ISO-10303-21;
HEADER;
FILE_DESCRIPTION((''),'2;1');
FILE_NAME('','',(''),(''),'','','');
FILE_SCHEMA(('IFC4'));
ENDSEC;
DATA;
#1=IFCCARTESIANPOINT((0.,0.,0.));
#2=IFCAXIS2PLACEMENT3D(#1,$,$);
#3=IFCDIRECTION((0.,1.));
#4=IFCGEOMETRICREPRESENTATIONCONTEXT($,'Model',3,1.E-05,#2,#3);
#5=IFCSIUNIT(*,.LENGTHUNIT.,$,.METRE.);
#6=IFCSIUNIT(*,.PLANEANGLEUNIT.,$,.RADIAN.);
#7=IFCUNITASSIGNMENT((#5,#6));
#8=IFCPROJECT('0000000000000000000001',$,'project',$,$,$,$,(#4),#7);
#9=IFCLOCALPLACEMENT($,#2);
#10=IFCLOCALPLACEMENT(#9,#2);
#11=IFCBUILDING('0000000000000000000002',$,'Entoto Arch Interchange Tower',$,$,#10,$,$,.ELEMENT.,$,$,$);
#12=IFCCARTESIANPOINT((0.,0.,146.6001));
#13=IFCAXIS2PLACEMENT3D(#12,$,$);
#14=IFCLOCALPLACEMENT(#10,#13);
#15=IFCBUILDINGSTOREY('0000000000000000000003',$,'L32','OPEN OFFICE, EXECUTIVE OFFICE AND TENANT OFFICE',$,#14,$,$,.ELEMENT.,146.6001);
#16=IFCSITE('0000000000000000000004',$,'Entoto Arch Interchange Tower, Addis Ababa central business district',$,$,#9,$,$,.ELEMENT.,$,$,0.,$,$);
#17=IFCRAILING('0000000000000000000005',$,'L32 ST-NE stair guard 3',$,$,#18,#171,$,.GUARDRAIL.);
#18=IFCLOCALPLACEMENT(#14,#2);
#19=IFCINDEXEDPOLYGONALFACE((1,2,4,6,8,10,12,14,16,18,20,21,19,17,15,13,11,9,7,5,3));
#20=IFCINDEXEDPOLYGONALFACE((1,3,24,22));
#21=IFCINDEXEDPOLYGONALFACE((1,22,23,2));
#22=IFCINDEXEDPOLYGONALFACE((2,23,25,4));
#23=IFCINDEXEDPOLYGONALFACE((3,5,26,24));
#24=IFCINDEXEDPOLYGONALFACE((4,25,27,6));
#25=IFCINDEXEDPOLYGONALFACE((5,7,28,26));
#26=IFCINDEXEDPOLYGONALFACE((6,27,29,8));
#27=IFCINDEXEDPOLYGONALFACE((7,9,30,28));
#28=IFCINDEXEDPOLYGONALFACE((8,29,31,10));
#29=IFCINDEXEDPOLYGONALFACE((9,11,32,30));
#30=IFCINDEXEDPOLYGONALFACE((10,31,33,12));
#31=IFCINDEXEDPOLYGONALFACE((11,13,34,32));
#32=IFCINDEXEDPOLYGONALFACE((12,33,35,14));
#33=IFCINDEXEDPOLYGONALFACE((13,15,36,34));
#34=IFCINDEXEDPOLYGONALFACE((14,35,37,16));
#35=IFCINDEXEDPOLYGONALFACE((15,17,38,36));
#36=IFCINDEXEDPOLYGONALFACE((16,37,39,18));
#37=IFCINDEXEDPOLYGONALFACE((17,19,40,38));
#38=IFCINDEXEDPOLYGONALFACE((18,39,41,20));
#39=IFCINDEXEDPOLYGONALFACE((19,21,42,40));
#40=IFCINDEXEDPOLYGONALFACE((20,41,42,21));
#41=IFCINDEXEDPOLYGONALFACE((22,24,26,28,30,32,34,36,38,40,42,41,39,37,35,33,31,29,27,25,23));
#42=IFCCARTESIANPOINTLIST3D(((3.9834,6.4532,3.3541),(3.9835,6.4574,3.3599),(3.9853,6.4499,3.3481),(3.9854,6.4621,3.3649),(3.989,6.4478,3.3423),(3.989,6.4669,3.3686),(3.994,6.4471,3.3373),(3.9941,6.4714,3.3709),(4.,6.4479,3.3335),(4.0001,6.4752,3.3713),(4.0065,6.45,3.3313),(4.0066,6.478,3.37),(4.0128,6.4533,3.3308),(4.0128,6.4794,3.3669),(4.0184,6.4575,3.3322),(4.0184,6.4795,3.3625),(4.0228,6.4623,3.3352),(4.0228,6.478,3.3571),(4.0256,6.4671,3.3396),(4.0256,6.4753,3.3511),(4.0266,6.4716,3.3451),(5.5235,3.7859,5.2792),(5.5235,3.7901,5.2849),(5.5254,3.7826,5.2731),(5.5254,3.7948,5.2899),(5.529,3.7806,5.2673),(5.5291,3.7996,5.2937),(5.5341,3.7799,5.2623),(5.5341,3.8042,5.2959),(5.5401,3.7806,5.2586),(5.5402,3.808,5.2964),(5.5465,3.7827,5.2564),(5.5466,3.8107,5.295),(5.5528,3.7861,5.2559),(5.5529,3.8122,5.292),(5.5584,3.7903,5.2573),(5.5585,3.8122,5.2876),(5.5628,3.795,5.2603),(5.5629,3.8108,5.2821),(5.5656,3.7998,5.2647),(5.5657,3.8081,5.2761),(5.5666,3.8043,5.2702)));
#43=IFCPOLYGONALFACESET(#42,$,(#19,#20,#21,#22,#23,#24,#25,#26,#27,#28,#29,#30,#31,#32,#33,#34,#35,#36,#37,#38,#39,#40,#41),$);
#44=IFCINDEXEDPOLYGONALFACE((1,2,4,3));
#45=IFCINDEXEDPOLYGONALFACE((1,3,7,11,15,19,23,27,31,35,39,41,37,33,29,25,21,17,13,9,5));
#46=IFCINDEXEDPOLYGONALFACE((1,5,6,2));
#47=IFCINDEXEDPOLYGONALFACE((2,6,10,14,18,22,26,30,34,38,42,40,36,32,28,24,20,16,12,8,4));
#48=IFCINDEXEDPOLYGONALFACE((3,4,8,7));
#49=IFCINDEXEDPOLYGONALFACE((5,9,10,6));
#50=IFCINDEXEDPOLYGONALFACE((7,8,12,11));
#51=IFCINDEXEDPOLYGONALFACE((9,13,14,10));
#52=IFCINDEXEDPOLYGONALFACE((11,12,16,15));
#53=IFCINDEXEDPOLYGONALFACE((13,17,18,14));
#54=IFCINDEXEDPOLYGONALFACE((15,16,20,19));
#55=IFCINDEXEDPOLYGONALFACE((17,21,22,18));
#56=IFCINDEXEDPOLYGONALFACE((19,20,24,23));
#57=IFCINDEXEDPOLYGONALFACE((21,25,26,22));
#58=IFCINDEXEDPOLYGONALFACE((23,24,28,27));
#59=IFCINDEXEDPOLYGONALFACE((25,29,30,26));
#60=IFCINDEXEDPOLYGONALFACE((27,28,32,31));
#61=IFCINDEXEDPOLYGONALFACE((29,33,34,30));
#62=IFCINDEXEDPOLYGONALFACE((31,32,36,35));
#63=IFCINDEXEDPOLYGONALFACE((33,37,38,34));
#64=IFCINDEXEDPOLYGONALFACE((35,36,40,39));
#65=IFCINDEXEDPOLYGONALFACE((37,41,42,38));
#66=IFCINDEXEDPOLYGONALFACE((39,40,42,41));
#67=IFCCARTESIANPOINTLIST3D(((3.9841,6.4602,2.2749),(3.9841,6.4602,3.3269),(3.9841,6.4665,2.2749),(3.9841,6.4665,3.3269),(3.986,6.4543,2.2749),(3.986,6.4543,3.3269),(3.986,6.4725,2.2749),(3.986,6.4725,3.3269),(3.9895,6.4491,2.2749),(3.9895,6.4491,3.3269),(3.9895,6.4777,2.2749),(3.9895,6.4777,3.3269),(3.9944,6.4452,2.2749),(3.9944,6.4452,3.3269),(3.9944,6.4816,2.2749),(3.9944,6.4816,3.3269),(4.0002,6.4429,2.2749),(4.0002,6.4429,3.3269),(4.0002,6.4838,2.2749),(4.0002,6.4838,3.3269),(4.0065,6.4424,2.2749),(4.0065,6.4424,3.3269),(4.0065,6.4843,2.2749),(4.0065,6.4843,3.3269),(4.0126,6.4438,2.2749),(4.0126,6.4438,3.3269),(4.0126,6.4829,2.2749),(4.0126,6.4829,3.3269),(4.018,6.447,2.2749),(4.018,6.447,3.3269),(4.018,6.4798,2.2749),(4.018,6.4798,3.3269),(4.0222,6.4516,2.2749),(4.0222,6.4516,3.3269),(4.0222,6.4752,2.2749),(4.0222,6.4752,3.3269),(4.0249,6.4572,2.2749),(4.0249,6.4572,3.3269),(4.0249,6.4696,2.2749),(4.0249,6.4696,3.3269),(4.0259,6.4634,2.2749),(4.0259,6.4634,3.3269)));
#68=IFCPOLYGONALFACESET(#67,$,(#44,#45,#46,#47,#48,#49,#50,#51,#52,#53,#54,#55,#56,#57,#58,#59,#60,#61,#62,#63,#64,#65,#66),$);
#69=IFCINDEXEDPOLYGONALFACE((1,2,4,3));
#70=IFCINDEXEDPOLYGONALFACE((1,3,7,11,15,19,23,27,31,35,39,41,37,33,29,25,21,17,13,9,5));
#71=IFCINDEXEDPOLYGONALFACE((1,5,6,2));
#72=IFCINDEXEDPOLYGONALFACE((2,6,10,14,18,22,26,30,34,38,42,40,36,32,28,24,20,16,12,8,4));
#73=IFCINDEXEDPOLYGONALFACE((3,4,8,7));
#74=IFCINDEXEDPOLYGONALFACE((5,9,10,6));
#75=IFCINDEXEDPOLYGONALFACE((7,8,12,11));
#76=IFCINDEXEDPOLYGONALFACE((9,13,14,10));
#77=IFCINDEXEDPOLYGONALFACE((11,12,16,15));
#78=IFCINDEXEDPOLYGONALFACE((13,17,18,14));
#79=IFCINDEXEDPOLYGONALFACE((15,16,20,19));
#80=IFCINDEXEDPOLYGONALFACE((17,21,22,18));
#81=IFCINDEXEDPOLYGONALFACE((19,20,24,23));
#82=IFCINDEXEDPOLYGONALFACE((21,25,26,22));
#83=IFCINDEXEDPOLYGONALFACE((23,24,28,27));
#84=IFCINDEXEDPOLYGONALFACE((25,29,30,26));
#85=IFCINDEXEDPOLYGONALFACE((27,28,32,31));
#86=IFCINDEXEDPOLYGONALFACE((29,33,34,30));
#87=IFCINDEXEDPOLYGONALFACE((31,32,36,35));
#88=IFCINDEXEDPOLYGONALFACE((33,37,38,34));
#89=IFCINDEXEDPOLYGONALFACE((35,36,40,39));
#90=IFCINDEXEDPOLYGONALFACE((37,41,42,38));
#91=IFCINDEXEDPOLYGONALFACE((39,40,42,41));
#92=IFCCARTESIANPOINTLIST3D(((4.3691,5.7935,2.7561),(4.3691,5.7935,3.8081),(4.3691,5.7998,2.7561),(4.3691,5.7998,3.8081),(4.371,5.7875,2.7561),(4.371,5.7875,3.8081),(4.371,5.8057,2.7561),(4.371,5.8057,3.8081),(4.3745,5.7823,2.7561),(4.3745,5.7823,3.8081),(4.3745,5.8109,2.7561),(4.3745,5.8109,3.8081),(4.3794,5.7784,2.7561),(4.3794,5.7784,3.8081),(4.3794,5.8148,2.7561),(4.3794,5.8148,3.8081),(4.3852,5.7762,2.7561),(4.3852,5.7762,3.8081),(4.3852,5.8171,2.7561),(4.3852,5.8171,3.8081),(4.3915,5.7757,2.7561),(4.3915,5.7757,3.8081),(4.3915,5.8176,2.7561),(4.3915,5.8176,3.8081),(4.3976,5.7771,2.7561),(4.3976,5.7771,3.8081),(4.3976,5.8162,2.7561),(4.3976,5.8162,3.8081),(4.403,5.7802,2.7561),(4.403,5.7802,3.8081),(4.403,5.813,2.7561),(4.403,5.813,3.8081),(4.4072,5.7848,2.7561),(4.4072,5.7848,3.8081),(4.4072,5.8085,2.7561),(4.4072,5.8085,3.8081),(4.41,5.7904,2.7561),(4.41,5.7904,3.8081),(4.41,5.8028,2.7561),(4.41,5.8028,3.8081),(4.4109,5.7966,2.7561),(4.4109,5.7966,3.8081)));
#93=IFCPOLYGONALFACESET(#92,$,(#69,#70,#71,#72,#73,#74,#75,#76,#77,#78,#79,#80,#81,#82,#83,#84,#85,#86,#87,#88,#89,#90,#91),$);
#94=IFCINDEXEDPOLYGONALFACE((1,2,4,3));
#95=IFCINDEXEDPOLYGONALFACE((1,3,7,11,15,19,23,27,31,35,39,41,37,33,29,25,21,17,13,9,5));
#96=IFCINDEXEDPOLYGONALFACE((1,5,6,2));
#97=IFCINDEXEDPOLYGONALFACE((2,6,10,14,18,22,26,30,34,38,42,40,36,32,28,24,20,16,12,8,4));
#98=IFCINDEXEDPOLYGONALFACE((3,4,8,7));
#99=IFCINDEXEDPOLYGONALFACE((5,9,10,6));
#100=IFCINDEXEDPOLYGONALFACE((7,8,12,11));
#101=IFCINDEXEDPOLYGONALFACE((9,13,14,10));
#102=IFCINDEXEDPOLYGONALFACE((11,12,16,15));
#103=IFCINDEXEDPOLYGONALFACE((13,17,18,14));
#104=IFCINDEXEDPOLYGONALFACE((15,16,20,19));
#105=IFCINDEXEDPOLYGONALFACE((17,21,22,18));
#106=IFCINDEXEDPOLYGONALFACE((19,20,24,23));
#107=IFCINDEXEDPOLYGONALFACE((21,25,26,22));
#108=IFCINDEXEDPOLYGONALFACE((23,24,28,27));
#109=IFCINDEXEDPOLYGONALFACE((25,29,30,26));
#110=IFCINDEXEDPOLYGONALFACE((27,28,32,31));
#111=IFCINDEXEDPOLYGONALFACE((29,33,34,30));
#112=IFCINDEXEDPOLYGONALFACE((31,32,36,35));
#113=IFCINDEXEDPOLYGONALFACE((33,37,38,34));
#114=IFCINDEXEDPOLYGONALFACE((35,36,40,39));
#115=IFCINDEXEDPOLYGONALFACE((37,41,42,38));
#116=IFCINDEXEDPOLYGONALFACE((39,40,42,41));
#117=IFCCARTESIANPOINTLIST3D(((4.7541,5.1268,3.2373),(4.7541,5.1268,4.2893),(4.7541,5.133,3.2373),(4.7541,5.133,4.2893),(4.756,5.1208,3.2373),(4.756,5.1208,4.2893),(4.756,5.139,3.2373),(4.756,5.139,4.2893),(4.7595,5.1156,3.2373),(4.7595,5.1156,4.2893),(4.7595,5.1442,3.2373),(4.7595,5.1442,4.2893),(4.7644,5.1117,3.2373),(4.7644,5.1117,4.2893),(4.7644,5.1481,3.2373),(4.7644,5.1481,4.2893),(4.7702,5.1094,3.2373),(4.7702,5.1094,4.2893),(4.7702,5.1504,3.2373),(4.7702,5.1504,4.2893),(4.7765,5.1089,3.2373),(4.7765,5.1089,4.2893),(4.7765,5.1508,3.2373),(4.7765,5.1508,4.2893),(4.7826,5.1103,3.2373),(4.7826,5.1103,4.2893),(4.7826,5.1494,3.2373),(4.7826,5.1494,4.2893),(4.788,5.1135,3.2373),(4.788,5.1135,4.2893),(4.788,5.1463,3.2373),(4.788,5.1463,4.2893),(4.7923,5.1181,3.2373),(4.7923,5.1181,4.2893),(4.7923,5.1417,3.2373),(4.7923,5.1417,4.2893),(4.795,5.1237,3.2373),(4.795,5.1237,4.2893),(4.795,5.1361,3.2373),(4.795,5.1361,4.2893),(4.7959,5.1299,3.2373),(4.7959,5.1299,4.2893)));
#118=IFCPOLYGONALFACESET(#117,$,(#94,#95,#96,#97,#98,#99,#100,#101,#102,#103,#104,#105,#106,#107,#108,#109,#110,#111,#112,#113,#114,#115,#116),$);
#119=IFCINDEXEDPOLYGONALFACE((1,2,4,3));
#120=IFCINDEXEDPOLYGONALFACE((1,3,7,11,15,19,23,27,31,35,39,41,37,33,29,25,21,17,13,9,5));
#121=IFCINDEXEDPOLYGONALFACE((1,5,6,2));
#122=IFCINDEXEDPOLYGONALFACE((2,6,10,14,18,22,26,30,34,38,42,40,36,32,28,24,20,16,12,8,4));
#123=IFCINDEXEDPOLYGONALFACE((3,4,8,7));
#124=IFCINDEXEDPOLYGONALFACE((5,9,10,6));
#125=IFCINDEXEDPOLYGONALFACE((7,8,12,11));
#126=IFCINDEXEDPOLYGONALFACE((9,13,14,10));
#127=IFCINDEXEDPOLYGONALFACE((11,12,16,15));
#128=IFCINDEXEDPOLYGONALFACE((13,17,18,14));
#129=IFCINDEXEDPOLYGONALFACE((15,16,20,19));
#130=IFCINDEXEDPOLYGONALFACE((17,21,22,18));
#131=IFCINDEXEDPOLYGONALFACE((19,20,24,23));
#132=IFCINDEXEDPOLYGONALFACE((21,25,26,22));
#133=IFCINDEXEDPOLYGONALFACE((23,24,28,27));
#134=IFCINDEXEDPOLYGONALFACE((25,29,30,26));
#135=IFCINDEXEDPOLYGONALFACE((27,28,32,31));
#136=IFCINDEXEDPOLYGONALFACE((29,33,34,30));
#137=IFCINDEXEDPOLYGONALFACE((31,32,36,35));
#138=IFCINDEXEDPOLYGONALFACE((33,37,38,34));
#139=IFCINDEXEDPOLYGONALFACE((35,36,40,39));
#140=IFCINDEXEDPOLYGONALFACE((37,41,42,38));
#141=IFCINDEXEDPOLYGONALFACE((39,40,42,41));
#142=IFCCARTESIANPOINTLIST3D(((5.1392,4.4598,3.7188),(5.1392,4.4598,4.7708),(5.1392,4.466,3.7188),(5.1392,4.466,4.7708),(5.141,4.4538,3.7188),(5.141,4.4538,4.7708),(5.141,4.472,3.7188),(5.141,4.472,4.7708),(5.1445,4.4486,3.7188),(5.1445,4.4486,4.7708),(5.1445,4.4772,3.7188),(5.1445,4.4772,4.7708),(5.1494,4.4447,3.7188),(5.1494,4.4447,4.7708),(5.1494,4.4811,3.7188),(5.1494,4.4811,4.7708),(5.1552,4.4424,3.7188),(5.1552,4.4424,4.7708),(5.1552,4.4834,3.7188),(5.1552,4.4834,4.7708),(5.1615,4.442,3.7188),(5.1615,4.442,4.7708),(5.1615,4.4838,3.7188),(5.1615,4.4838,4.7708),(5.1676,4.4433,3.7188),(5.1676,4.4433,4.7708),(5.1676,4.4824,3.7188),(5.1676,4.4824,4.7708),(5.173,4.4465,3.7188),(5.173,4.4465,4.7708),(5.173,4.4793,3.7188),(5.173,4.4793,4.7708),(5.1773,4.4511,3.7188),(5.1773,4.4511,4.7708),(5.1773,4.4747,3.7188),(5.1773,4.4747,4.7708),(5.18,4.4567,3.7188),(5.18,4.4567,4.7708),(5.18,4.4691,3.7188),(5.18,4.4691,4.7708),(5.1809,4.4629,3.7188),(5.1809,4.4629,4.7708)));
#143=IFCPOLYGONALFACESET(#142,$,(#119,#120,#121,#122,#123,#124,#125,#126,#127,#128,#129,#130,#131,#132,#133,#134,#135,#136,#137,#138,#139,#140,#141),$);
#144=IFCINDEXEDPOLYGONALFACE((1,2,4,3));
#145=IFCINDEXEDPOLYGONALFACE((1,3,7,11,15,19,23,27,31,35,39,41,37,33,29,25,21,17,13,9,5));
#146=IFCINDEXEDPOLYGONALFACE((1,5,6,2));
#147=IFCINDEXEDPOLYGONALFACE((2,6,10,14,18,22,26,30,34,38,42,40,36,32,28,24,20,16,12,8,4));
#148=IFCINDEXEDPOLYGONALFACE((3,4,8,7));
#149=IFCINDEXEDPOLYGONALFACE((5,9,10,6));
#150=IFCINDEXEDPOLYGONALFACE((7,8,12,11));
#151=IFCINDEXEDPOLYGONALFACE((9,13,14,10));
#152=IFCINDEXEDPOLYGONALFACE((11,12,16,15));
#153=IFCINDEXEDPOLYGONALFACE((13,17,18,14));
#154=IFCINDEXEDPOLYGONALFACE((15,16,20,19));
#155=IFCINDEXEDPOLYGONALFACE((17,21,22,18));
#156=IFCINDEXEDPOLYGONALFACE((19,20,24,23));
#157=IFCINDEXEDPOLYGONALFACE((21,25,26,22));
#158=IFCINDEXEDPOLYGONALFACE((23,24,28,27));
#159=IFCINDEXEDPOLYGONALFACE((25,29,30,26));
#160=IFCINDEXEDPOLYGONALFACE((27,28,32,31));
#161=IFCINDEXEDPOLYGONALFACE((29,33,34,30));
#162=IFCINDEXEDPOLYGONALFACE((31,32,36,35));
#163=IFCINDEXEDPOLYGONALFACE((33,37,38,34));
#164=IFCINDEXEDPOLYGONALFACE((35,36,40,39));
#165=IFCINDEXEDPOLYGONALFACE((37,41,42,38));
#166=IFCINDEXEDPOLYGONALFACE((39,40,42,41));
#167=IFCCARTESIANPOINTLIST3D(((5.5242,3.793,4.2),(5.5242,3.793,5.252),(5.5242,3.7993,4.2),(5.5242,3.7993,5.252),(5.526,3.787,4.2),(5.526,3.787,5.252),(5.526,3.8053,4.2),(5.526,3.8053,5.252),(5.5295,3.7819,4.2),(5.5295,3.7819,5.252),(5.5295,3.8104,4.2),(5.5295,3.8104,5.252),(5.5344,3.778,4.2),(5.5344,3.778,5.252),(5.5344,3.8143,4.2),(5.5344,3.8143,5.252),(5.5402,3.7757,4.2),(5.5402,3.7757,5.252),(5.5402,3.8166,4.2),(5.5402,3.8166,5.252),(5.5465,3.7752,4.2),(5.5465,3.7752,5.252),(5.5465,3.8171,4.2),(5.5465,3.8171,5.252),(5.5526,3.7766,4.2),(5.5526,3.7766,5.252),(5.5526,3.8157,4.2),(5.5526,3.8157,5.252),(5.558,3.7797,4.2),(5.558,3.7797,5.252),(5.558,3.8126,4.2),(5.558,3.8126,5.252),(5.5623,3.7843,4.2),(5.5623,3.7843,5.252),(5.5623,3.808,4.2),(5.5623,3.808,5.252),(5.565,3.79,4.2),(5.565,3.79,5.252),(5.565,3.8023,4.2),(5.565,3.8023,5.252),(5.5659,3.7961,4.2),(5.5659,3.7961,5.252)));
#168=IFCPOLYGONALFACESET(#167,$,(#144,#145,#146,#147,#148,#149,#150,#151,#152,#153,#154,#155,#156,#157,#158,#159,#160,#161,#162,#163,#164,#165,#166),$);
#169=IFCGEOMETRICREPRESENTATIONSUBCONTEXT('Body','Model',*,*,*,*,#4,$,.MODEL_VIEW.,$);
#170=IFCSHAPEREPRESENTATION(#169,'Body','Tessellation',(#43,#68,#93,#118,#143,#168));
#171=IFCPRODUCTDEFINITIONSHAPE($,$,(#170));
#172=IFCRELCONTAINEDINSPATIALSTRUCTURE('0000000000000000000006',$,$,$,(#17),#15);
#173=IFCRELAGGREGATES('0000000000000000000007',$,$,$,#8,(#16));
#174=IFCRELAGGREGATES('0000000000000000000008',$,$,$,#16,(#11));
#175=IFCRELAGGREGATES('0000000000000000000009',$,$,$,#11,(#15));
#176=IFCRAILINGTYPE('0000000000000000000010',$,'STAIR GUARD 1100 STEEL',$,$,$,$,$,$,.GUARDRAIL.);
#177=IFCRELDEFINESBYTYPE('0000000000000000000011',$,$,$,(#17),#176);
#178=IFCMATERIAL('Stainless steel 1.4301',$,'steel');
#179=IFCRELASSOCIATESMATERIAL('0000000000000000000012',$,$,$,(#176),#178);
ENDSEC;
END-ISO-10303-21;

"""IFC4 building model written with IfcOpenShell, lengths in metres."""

from ifc_helpers import new_model, si_unit, direction, frame, origin, origin_2d, place, context, subcontext, project, spatial, circle, extrude, material, type_object, element, save


model = new_model("IFC4")

# Units and contexts
model_context = context("Model", 3, precision=1e-05, world=origin(), true_north=direction((0.0, 1.0)))
body_context = subcontext(model_context, "Body", "Model", "MODEL_VIEW")
ifc_project = project(units=[si_unit("LENGTHUNIT", "METRE"), si_unit("PLANEANGLEUNIT", "RADIAN")], contexts=[model_context])

# Site, building, storey
site_placement = place(None, origin())
site = spatial("IfcSite", under=ifc_project, at=site_placement, Name="Entoto Arch Interchange Tower, Addis Ababa central business district", CompositionType="ELEMENT", RefElevation=0.0)
building_placement = place(site_placement, origin())
building = spatial("IfcBuilding", under=site, at=building_placement, Name="Entoto Arch Interchange Tower", CompositionType="ELEMENT")
storey_placement = place(building_placement, frame((0.0, 0.0, 146.6001)))
storey = spatial("IfcBuildingStorey", under=building, at=storey_placement, Name="L32", Description="OPEN OFFICE, EXECUTIVE OFFICE AND TENANT OFFICE", CompositionType="ELEMENT", Elevation=146.6001)

# Railing
ifc_material_1 = material(Name="Stainless steel 1.4301", Category="steel")
railing_type_1 = type_object("IfcRailingType", Name="STAIR GUARD 1100 STEEL", PredefinedType="GUARDRAIL", material=ifc_material_1)
railing_1_placement = place(storey_placement, frame((4.0049, 6.4634, 2.2749)))
element("IfcRailing", 1, at=railing_1_placement, inside=storey, type_object=railing_type_1, Name="L32 ST-NE stair guard 3", PredefinedType="GUARDRAIL", context=body_context, shape_type="SweptSolid", body=[
    extrude(circle(Radius=0.0239, at=origin_2d()), frame((0.0, 0.0, 1.0762), z_axis=(0.424015, -0.734364, 0.530019), x_axis=(0.86601, 0.500027, 0.0)), (0.0, 0.0, 1.0), 3.6321),
    extrude(circle(Radius=0.021, at=origin_2d()), origin(), (0.0, 0.0, 1.0), 1.052),
    extrude(circle(Radius=0.021, at=origin_2d()), frame((0.385, -0.6667, 0.4812)), (0.0, 0.0, 1.0), 1.052),
    extrude(circle(Radius=0.021, at=origin_2d()), frame((0.77, -1.3335, 0.9624)), (0.0, 0.0, 1.0), 1.052),
    extrude(circle(Radius=0.021, at=origin_2d()), frame((1.155, -2.0005, 1.4438)), (0.0, 0.0, 1.0), 1.052),
    extrude(circle(Radius=0.021, at=origin_2d()), frame((1.54, -2.6672, 1.925)), (0.0, 0.0, 1.0), 1.052),
])

save(model, "model.ifc")
